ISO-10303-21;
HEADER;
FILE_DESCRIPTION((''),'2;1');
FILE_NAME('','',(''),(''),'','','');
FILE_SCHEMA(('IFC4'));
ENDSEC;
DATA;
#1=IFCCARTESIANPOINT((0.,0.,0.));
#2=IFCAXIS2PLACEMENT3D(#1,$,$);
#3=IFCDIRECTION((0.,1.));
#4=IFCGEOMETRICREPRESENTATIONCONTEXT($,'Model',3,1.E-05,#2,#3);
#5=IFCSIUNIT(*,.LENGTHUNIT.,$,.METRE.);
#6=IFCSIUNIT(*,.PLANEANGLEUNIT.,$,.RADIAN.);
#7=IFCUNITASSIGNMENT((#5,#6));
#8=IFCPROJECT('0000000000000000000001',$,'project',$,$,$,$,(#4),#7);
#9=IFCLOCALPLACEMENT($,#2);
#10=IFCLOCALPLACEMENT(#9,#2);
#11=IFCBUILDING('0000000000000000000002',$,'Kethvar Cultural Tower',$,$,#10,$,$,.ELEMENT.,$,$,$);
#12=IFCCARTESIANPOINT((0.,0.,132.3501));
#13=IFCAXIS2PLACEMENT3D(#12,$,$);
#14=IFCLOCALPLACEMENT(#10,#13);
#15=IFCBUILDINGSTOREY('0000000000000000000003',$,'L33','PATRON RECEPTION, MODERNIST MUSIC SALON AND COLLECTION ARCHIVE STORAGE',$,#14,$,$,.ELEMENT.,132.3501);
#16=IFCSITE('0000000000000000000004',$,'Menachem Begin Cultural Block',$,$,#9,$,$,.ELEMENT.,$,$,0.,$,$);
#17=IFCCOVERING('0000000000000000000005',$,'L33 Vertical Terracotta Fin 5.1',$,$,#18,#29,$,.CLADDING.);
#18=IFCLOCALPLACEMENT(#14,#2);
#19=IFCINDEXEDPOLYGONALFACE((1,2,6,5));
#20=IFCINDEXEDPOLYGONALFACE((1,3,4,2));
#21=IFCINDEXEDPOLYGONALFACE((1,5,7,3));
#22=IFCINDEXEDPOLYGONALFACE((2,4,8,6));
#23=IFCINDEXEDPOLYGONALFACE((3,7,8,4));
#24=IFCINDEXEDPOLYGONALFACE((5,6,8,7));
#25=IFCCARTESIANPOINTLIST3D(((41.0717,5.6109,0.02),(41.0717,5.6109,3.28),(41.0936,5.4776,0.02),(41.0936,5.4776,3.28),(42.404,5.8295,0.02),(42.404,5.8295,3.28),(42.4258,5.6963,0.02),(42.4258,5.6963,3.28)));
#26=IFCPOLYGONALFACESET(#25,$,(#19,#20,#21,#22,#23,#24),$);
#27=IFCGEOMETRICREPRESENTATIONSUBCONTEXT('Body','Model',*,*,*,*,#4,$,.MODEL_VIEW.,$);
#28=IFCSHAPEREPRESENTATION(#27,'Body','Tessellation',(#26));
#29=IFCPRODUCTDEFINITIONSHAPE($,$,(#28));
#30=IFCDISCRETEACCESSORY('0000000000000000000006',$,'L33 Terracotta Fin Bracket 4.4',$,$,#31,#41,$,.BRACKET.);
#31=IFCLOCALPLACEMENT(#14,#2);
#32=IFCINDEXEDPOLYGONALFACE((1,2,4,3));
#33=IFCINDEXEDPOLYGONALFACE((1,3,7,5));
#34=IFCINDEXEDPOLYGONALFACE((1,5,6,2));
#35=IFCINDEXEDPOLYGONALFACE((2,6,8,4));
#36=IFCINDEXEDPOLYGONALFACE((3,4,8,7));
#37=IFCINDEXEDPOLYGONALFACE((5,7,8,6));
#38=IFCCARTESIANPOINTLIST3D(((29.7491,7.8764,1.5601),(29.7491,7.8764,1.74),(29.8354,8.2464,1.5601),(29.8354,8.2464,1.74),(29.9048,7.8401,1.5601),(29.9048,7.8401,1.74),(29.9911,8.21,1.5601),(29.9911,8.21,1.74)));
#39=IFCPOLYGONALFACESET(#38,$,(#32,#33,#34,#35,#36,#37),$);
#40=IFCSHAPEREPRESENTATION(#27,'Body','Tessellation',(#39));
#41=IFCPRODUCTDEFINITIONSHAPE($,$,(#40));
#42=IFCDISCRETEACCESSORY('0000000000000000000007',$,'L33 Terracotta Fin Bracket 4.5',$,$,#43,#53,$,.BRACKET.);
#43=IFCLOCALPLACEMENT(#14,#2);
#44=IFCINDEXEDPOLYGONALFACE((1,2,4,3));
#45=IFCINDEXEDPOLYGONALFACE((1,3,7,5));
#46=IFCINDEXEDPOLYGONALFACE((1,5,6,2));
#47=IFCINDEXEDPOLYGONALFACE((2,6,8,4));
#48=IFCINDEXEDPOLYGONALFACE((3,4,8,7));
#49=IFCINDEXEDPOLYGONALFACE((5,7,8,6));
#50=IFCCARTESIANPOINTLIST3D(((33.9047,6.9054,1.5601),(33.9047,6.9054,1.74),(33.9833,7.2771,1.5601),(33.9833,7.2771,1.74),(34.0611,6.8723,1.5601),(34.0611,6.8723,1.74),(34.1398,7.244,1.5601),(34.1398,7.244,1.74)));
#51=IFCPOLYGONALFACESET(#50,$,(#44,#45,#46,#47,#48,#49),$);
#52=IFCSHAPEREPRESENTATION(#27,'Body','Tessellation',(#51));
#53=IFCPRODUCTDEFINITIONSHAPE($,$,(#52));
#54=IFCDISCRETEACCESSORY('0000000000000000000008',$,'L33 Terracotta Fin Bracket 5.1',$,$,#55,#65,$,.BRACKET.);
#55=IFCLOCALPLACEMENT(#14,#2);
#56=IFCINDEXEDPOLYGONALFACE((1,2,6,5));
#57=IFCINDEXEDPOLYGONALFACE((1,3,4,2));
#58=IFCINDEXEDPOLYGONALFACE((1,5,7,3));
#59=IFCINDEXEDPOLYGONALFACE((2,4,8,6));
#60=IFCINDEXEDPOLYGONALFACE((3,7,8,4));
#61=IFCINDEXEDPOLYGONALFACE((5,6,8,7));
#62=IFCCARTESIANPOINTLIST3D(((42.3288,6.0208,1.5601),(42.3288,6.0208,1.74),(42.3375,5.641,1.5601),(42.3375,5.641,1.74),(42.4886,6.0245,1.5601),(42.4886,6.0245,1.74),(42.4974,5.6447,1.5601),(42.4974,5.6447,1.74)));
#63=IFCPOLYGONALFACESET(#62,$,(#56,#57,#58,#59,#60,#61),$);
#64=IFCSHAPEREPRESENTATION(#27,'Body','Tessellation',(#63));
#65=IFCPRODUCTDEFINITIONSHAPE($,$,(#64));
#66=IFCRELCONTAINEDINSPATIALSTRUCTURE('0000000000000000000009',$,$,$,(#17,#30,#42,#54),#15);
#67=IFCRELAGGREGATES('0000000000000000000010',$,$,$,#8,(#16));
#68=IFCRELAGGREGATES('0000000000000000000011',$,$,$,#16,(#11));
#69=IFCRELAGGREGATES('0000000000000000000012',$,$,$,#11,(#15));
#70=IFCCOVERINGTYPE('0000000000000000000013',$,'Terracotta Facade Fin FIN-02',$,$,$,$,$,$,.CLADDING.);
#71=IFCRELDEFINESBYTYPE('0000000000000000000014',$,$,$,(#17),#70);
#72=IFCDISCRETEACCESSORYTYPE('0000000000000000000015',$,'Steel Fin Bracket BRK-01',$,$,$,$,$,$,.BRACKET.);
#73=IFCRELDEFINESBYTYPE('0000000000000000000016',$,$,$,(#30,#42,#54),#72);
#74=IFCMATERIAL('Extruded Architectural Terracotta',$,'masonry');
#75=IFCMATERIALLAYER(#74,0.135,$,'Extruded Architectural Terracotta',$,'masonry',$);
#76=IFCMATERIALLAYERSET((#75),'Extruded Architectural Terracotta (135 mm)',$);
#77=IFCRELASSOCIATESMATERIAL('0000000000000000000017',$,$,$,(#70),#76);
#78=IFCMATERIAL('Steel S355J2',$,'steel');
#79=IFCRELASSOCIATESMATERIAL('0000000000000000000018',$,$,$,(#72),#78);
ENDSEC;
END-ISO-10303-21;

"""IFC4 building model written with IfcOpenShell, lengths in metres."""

from ifc_helpers import new_model, si_unit, direction, frame, origin, origin_2d, place, context, subcontext, project, spatial, rectangle, extrude, source, transform, mapped, material, layer, layer_set, type_object, element, save


model = new_model("IFC4")

# Units and contexts
model_context = context("Model", 3, precision=1e-05, world=origin(), true_north=direction((0.0, 1.0)))
body_context = subcontext(model_context, "Body", "Model", "MODEL_VIEW")
ifc_project = project(units=[si_unit("LENGTHUNIT", "METRE"), si_unit("PLANEANGLEUNIT", "RADIAN")], contexts=[model_context])

# Site, building, storey
site_placement = place(None, origin())
site = spatial("IfcSite", under=ifc_project, at=site_placement, Name="Menachem Begin Cultural Block", CompositionType="ELEMENT", RefElevation=0.0)
building_placement = place(site_placement, origin())
building = spatial("IfcBuilding", under=site, at=building_placement, Name="Kethvar Cultural Tower", CompositionType="ELEMENT")
storey_placement = place(building_placement, frame((0.0, 0.0, 132.3501)))
storey = spatial("IfcBuildingStorey", under=building, at=storey_placement, Name="L33", Description="PATRON RECEPTION, MODERNIST MUSIC SALON AND COLLECTION ARCHIVE STORAGE", CompositionType="ELEMENT", Elevation=132.3501)

# Shared definitions
ifc_material_1 = material(Name="Steel S355J2", Category="steel")

# Covering
ifc_material_2 = material(Name="Extruded Architectural Terracotta", Category="masonry")
ifc_layer_1 = layer(ifc_material_2, 0.135, Name="Extruded Architectural Terracotta", Category="masonry")
ifc_layer_set_1 = layer_set([ifc_layer_1], Name="Extruded Architectural Terracotta (135 mm)")
covering_type_1 = type_object("IfcCoveringType", Name="Terracotta Facade Fin FIN-02", PredefinedType="CLADDING", material=ifc_layer_set_1)
shared_shape_1 = source(origin(), body_context, "Body", "SweptSolid", [
    extrude(rectangle(XDim=1.3501, YDim=0.135, at=origin_2d()), origin(), (0.0, 0.0, 1.0), 3.26),
])
for number, where, z_axis, x_axis, name in (
    (1, (41.7488, 5.6536, 0.02), (0.0, 0.0, 1.0), (-0.986799, -0.161948, 0.0), "L33 Vertical Terracotta Fin 5.1"),
):
    element("IfcCovering", number, at=place(storey_placement, frame(where, z_axis=z_axis, x_axis=x_axis)), inside=storey, type_object=covering_type_1, Name=name, PredefinedType="CLADDING", context=body_context, shape_type="MappedRepresentation", body=[
        mapped(shared_shape_1, transform((0.0, 0.0, 0.0), scale=1.0)),
    ])

# Discrete accessories
discrete_accessory_type = type_object("IfcDiscreteAccessoryType", Name="Steel Fin Bracket BRK-01", PredefinedType="BRACKET", material=ifc_material_1)
shared_shape_2 = source(origin(), body_context, "Body", "SweptSolid", [
    extrude(rectangle(XDim=0.3799, YDim=0.1599, at=origin_2d()), origin(), (0.0, 0.0, 1.0), 0.1799),
])
for number, where, z_axis, x_axis, name in (
    (2, (29.8701, 8.0432, 1.5601), (0.0, 0.0, 1.0), (-0.227161, -0.973857, 0.0), "L33 Terracotta Fin Bracket 4.4"),
    (3, (34.0222, 7.0747, 1.5601), (0.0, 0.0, 1.0), (-0.207058, -0.978329, 0.0), "L33 Terracotta Fin Bracket 4.5"),
    (4, (42.4131, 5.8328, 1.5601), (0.0, 0.0, 1.0), (0.023036, -0.999735, 0.0), "L33 Terracotta Fin Bracket 5.1"),
):
    element("IfcDiscreteAccessory", number, at=place(storey_placement, frame(where, z_axis=z_axis, x_axis=x_axis)), inside=storey, type_object=discrete_accessory_type, Name=name, PredefinedType="BRACKET", context=body_context, shape_type="MappedRepresentation", body=[
        mapped(shared_shape_2, transform((0.0, 0.0, 0.0), scale=1.0)),
    ])

save(model, "model.ifc")
